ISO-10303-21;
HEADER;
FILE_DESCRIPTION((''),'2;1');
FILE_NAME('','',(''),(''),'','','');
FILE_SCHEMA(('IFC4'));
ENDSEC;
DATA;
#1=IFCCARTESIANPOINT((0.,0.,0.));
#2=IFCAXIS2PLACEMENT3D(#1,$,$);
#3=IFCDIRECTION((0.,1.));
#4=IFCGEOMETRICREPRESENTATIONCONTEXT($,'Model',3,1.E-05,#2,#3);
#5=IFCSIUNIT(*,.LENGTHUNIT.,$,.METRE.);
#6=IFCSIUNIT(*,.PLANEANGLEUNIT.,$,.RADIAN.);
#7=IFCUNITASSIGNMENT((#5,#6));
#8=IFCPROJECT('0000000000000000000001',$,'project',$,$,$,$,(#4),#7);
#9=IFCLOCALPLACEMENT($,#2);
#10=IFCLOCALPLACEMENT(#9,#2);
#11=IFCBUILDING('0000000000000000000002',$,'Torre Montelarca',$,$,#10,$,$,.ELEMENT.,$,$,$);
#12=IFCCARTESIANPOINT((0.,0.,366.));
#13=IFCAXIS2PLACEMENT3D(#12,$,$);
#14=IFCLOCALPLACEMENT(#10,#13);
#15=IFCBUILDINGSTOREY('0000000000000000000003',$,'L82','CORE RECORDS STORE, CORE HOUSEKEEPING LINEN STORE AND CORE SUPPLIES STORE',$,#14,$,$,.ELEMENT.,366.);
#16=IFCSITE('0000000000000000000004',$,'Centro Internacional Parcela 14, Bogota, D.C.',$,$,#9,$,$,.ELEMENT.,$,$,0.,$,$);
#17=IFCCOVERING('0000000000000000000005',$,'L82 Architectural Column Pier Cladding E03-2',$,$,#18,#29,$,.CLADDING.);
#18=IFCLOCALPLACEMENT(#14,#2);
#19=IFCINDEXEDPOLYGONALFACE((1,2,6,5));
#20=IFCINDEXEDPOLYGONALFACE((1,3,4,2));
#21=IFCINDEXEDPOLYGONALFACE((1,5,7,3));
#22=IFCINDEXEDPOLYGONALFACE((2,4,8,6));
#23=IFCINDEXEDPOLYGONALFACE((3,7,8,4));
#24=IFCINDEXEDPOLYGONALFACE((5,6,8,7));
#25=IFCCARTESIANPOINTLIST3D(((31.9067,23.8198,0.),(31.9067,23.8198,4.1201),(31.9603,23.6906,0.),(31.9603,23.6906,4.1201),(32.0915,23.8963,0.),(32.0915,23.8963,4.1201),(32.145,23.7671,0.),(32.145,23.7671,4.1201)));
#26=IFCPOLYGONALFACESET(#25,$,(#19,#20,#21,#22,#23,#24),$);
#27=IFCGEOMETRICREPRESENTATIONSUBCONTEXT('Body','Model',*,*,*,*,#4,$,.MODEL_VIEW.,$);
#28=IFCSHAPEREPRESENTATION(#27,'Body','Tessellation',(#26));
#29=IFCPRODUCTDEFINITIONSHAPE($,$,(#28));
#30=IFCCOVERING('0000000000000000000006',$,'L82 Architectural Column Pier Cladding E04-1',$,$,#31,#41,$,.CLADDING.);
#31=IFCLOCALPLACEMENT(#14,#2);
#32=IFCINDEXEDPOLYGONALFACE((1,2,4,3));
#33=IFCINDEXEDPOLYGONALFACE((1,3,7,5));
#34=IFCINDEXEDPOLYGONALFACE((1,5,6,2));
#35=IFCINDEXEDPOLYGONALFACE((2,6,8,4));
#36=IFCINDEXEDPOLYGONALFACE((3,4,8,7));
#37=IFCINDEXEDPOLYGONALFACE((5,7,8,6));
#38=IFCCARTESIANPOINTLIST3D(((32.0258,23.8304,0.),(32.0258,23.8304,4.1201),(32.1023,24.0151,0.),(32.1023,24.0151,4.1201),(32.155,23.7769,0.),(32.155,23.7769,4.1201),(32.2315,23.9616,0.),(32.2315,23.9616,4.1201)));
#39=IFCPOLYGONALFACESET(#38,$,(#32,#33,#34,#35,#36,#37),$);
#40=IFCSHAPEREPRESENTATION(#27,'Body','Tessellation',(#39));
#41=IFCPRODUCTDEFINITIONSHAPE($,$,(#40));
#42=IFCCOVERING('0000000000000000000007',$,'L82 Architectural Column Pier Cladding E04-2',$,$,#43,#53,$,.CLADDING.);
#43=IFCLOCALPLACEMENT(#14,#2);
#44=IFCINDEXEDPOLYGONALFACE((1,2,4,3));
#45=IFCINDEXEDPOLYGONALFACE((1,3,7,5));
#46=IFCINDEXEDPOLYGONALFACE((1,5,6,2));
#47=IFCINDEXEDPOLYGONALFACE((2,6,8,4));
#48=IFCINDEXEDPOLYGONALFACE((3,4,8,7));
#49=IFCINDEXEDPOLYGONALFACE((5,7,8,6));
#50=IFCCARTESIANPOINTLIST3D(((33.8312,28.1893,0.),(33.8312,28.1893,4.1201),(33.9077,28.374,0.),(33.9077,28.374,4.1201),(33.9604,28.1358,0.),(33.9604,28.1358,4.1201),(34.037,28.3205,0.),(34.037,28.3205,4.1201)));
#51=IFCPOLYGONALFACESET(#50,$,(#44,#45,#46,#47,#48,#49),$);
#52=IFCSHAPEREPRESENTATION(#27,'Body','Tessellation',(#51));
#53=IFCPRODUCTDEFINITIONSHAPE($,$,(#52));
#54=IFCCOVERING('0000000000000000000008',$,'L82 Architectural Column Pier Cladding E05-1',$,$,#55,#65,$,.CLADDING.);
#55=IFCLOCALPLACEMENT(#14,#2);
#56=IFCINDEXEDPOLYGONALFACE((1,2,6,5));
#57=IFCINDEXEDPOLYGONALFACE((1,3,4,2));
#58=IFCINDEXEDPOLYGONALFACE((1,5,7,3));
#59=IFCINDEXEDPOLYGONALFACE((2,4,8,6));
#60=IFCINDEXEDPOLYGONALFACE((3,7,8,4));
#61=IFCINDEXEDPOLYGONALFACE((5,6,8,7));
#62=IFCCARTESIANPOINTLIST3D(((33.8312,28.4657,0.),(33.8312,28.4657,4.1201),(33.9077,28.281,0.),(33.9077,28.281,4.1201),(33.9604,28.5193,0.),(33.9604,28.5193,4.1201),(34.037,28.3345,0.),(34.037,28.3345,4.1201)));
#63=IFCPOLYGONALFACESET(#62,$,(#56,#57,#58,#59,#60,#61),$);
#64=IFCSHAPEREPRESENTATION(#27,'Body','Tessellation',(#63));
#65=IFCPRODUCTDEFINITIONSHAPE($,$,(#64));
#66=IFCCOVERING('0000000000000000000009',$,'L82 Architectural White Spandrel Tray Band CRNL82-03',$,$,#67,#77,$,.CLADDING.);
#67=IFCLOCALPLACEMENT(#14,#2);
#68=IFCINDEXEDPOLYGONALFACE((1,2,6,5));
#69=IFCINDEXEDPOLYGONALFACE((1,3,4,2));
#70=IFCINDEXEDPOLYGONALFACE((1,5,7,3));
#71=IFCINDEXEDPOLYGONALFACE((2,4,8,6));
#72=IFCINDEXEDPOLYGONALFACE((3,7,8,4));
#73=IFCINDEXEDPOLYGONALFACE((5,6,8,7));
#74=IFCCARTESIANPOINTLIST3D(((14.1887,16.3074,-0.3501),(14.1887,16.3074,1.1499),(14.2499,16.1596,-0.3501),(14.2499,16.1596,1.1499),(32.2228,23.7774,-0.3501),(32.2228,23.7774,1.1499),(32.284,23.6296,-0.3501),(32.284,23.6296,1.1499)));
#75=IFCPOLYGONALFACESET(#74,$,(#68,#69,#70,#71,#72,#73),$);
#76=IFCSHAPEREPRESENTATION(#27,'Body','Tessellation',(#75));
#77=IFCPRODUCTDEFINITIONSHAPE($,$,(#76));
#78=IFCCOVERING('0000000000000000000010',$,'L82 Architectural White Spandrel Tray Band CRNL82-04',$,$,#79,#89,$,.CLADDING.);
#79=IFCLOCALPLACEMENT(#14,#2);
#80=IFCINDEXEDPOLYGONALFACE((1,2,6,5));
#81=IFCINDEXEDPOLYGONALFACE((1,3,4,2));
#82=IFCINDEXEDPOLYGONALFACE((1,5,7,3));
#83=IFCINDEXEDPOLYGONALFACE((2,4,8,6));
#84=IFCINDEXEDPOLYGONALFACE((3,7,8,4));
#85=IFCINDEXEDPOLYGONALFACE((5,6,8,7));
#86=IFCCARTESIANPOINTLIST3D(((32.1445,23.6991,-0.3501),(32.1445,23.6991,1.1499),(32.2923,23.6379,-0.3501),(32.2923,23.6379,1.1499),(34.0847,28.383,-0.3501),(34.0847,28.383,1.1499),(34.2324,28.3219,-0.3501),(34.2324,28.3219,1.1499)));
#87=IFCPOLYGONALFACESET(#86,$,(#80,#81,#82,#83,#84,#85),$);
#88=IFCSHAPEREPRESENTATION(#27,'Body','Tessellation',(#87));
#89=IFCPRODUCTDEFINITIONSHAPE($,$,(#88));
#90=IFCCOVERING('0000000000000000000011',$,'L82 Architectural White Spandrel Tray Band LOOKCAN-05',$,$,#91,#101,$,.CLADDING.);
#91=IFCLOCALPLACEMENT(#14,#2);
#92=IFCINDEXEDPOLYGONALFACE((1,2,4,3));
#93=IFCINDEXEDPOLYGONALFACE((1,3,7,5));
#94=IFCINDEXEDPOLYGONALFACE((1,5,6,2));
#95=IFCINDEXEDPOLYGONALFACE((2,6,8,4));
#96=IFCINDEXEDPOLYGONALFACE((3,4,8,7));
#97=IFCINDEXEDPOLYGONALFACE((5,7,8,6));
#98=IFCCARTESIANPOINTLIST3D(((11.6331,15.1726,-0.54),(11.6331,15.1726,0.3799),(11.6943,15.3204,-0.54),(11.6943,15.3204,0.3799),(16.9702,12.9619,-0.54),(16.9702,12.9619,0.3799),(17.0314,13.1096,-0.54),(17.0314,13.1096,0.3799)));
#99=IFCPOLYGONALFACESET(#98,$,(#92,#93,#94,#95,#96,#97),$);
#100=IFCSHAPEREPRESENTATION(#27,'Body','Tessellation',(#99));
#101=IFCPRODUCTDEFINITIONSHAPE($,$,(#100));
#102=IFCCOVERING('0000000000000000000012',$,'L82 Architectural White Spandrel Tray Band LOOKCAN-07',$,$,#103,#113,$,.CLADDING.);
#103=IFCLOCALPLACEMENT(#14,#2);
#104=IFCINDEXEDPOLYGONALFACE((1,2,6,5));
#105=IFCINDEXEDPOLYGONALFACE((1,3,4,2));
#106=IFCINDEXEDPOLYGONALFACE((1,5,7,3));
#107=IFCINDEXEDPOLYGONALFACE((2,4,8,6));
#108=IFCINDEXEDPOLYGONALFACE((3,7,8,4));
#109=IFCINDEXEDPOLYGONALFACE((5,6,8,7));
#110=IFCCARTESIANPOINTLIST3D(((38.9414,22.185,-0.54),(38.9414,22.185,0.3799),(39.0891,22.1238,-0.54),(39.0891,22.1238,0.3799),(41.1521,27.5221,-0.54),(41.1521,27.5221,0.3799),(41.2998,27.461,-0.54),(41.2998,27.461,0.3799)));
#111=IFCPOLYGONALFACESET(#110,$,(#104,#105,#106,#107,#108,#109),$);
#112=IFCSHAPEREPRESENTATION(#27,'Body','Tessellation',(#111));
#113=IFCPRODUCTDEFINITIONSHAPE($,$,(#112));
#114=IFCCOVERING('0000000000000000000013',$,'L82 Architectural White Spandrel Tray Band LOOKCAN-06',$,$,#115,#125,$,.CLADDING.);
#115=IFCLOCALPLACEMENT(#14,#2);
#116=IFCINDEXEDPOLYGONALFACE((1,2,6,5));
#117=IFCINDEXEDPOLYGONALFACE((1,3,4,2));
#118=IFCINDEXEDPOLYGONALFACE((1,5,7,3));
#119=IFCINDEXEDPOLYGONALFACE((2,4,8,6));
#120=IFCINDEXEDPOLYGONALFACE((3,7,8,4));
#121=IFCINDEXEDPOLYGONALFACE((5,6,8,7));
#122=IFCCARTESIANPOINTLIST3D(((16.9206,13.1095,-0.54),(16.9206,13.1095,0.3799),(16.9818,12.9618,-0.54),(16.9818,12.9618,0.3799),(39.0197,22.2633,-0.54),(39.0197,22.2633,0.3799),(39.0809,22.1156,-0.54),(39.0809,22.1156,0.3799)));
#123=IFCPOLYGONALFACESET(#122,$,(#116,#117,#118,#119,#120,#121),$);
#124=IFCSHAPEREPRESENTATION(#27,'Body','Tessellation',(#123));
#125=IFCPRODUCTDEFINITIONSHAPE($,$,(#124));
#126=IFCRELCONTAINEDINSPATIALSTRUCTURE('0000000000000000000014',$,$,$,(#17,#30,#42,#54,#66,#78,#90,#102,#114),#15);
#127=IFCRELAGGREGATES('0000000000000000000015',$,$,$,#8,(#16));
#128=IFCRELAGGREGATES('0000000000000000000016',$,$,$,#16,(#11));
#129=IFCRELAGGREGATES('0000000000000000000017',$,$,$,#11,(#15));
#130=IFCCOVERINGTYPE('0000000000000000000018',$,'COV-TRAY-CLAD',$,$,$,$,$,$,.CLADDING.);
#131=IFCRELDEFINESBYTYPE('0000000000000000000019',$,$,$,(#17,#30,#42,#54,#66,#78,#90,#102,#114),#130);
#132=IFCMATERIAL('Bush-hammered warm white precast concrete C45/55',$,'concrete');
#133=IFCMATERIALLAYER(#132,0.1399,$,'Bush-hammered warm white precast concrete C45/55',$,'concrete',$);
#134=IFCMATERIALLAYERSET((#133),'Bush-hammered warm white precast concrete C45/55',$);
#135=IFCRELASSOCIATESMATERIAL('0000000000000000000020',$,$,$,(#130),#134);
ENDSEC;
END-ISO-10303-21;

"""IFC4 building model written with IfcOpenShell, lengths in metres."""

from ifc_helpers import new_model, si_unit, direction, frame, origin, origin_2d, place, context, subcontext, project, spatial, rectangle, extrude, source, transform, mapped, material, layer, layer_set, type_object, element, save


model = new_model("IFC4")

# Units and contexts
model_context = context("Model", 3, precision=1e-05, world=origin(), true_north=direction((0.0, 1.0)))
body_context = subcontext(model_context, "Body", "Model", "MODEL_VIEW")
ifc_project = project(units=[si_unit("LENGTHUNIT", "METRE"), si_unit("PLANEANGLEUNIT", "RADIAN")], contexts=[model_context])

# Site, building, storey
site_placement = place(None, origin())
site = spatial("IfcSite", under=ifc_project, at=site_placement, Name="Centro Internacional Parcela 14, Bogota, D.C.", CompositionType="ELEMENT", RefElevation=0.0)
building_placement = place(site_placement, origin())
building = spatial("IfcBuilding", under=site, at=building_placement, Name="Torre Montelarca", CompositionType="ELEMENT")
storey_placement = place(building_placement, frame((0.0, 0.0, 366.0)))
storey = spatial("IfcBuildingStorey", under=building, at=storey_placement, Name="L82", Description="CORE RECORDS STORE, CORE HOUSEKEEPING LINEN STORE AND CORE SUPPLIES STORE", CompositionType="ELEMENT", Elevation=366.0)

# Coverings
ifc_material_1 = material(Name="Bush-hammered warm white precast concrete C45/55", Category="concrete")
ifc_layer_1 = layer(ifc_material_1, 0.1399, Name="Bush-hammered warm white precast concrete C45/55", Category="concrete")
ifc_layer_set_1 = layer_set([ifc_layer_1], Name="Bush-hammered warm white precast concrete C45/55")
covering_type = type_object("IfcCoveringType", Name="COV-TRAY-CLAD", PredefinedType="CLADDING", material=ifc_layer_set_1)
shared_shape_1 = source(origin(), body_context, "Body", "SweptSolid", [
    extrude(rectangle(XDim=0.2, YDim=0.1399, at=origin_2d()), origin(), (0.0, 0.0, 1.0), 4.1201),
])
for number, where, z_axis, x_axis, name in (
    (1, (32.0259, 23.7935, 0.0), (0.0, 0.0, 1.0), (0.923879, 0.382685, 0.0), "L82 Architectural Column Pier Cladding E03-2"),
    (2, (32.1287, 23.896, 0.0), (0.0, 0.0, 1.0), (0.382685, 0.923879, 0.0), "L82 Architectural Column Pier Cladding E04-1"),
    (3, (33.9341, 28.2549, 0.0), (0.0, 0.0, 1.0), (0.382685, 0.923879, 0.0), "L82 Architectural Column Pier Cladding E04-2"),
    (4, (33.9341, 28.4001, 0.0), (0.0, 0.0, 1.0), (-0.382685, 0.923879, 0.0), "L82 Architectural Column Pier Cladding E05-1"),
):
    element("IfcCovering", number, at=place(storey_placement, frame(where, z_axis=z_axis, x_axis=x_axis)), inside=storey, type_object=covering_type, Name=name, PredefinedType="CLADDING", context=body_context, shape_type="MappedRepresentation", body=[
        mapped(shared_shape_1, transform((0.0, 0.0, 0.0), scale=1.0)),
    ])
shared_shape_2 = source(origin(), body_context, "Body", "SweptSolid", [
    extrude(rectangle(XDim=19.52, YDim=0.1599, at=origin_2d()), origin(), (0.0, 0.0, 1.0), 1.5),
])
covering_1_placement = place(storey_placement, frame((23.2363, 19.9685, -0.3501), z_axis=(0.0, 0.0, 1.0), x_axis=(0.923879, 0.382685, 0.0)))
element("IfcCovering", 5, at=covering_1_placement, inside=storey, type_object=covering_type, Name="L82 Architectural White Spandrel Tray Band CRNL82-03", PredefinedType="CLADDING", context=body_context, shape_type="MappedRepresentation", body=[
    mapped(shared_shape_2, transform((0.0, 0.0, 0.0), scale=1.0)),
])
shared_shape_3 = source(origin(), body_context, "Body", "SweptSolid", [
    extrude(rectangle(XDim=5.0698, YDim=0.1599, at=origin_2d()), origin(), (0.0, 0.0, 1.0), 1.5),
])
covering_2_placement = place(storey_placement, frame((33.1885, 26.0105, -0.3501), z_axis=(0.0, 0.0, 1.0), x_axis=(0.382683, 0.92388, 0.0)))
element("IfcCovering", 6, at=covering_2_placement, inside=storey, type_object=covering_type, Name="L82 Architectural White Spandrel Tray Band CRNL82-04", PredefinedType="CLADDING", context=body_context, shape_type="MappedRepresentation", body=[
    mapped(shared_shape_3, transform((0.0, 0.0, 0.0), scale=1.0)),
])
shared_shape_4 = source(origin(), body_context, "Body", "SweptSolid", [
    extrude(rectangle(XDim=5.7769, YDim=0.1599, at=origin_2d()), origin(), (0.0, 0.0, 1.0), 0.9199),
])
for number, where, z_axis, x_axis, name in (
    (7, (14.3323, 14.1411, -0.54), (0.0, 0.0, 1.0), (0.923878, -0.382688, 0.0), "L82 Architectural White Spandrel Tray Band LOOKCAN-05"),
    (8, (40.1206, 24.823, -0.54), (0.0, 0.0, 1.0), (0.382688, 0.923878, 0.0), "L82 Architectural White Spandrel Tray Band LOOKCAN-07"),
):
    element("IfcCovering", number, at=place(storey_placement, frame(where, z_axis=z_axis, x_axis=x_axis)), inside=storey, type_object=covering_type, Name=name, PredefinedType="CLADDING", context=body_context, shape_type="MappedRepresentation", body=[
        mapped(shared_shape_4, transform((0.0, 0.0, 0.0), scale=1.0)),
    ])
shared_shape_5 = source(origin(), body_context, "Body", "SweptSolid", [
    extrude(rectangle(XDim=23.9199, YDim=0.1599, at=origin_2d()), origin(), (0.0, 0.0, 1.0), 0.9199),
])
covering_3_placement = place(storey_placement, frame((28.0007, 17.6125, -0.54), z_axis=(0.0, 0.0, 1.0), x_axis=(0.923879, 0.382685, 0.0)))
element("IfcCovering", 9, at=covering_3_placement, inside=storey, type_object=covering_type, Name="L82 Architectural White Spandrel Tray Band LOOKCAN-06", PredefinedType="CLADDING", context=body_context, shape_type="MappedRepresentation", body=[
    mapped(shared_shape_5, transform((0.0, 0.0, 0.0), scale=1.0)),
])

save(model, "model.ifc")
